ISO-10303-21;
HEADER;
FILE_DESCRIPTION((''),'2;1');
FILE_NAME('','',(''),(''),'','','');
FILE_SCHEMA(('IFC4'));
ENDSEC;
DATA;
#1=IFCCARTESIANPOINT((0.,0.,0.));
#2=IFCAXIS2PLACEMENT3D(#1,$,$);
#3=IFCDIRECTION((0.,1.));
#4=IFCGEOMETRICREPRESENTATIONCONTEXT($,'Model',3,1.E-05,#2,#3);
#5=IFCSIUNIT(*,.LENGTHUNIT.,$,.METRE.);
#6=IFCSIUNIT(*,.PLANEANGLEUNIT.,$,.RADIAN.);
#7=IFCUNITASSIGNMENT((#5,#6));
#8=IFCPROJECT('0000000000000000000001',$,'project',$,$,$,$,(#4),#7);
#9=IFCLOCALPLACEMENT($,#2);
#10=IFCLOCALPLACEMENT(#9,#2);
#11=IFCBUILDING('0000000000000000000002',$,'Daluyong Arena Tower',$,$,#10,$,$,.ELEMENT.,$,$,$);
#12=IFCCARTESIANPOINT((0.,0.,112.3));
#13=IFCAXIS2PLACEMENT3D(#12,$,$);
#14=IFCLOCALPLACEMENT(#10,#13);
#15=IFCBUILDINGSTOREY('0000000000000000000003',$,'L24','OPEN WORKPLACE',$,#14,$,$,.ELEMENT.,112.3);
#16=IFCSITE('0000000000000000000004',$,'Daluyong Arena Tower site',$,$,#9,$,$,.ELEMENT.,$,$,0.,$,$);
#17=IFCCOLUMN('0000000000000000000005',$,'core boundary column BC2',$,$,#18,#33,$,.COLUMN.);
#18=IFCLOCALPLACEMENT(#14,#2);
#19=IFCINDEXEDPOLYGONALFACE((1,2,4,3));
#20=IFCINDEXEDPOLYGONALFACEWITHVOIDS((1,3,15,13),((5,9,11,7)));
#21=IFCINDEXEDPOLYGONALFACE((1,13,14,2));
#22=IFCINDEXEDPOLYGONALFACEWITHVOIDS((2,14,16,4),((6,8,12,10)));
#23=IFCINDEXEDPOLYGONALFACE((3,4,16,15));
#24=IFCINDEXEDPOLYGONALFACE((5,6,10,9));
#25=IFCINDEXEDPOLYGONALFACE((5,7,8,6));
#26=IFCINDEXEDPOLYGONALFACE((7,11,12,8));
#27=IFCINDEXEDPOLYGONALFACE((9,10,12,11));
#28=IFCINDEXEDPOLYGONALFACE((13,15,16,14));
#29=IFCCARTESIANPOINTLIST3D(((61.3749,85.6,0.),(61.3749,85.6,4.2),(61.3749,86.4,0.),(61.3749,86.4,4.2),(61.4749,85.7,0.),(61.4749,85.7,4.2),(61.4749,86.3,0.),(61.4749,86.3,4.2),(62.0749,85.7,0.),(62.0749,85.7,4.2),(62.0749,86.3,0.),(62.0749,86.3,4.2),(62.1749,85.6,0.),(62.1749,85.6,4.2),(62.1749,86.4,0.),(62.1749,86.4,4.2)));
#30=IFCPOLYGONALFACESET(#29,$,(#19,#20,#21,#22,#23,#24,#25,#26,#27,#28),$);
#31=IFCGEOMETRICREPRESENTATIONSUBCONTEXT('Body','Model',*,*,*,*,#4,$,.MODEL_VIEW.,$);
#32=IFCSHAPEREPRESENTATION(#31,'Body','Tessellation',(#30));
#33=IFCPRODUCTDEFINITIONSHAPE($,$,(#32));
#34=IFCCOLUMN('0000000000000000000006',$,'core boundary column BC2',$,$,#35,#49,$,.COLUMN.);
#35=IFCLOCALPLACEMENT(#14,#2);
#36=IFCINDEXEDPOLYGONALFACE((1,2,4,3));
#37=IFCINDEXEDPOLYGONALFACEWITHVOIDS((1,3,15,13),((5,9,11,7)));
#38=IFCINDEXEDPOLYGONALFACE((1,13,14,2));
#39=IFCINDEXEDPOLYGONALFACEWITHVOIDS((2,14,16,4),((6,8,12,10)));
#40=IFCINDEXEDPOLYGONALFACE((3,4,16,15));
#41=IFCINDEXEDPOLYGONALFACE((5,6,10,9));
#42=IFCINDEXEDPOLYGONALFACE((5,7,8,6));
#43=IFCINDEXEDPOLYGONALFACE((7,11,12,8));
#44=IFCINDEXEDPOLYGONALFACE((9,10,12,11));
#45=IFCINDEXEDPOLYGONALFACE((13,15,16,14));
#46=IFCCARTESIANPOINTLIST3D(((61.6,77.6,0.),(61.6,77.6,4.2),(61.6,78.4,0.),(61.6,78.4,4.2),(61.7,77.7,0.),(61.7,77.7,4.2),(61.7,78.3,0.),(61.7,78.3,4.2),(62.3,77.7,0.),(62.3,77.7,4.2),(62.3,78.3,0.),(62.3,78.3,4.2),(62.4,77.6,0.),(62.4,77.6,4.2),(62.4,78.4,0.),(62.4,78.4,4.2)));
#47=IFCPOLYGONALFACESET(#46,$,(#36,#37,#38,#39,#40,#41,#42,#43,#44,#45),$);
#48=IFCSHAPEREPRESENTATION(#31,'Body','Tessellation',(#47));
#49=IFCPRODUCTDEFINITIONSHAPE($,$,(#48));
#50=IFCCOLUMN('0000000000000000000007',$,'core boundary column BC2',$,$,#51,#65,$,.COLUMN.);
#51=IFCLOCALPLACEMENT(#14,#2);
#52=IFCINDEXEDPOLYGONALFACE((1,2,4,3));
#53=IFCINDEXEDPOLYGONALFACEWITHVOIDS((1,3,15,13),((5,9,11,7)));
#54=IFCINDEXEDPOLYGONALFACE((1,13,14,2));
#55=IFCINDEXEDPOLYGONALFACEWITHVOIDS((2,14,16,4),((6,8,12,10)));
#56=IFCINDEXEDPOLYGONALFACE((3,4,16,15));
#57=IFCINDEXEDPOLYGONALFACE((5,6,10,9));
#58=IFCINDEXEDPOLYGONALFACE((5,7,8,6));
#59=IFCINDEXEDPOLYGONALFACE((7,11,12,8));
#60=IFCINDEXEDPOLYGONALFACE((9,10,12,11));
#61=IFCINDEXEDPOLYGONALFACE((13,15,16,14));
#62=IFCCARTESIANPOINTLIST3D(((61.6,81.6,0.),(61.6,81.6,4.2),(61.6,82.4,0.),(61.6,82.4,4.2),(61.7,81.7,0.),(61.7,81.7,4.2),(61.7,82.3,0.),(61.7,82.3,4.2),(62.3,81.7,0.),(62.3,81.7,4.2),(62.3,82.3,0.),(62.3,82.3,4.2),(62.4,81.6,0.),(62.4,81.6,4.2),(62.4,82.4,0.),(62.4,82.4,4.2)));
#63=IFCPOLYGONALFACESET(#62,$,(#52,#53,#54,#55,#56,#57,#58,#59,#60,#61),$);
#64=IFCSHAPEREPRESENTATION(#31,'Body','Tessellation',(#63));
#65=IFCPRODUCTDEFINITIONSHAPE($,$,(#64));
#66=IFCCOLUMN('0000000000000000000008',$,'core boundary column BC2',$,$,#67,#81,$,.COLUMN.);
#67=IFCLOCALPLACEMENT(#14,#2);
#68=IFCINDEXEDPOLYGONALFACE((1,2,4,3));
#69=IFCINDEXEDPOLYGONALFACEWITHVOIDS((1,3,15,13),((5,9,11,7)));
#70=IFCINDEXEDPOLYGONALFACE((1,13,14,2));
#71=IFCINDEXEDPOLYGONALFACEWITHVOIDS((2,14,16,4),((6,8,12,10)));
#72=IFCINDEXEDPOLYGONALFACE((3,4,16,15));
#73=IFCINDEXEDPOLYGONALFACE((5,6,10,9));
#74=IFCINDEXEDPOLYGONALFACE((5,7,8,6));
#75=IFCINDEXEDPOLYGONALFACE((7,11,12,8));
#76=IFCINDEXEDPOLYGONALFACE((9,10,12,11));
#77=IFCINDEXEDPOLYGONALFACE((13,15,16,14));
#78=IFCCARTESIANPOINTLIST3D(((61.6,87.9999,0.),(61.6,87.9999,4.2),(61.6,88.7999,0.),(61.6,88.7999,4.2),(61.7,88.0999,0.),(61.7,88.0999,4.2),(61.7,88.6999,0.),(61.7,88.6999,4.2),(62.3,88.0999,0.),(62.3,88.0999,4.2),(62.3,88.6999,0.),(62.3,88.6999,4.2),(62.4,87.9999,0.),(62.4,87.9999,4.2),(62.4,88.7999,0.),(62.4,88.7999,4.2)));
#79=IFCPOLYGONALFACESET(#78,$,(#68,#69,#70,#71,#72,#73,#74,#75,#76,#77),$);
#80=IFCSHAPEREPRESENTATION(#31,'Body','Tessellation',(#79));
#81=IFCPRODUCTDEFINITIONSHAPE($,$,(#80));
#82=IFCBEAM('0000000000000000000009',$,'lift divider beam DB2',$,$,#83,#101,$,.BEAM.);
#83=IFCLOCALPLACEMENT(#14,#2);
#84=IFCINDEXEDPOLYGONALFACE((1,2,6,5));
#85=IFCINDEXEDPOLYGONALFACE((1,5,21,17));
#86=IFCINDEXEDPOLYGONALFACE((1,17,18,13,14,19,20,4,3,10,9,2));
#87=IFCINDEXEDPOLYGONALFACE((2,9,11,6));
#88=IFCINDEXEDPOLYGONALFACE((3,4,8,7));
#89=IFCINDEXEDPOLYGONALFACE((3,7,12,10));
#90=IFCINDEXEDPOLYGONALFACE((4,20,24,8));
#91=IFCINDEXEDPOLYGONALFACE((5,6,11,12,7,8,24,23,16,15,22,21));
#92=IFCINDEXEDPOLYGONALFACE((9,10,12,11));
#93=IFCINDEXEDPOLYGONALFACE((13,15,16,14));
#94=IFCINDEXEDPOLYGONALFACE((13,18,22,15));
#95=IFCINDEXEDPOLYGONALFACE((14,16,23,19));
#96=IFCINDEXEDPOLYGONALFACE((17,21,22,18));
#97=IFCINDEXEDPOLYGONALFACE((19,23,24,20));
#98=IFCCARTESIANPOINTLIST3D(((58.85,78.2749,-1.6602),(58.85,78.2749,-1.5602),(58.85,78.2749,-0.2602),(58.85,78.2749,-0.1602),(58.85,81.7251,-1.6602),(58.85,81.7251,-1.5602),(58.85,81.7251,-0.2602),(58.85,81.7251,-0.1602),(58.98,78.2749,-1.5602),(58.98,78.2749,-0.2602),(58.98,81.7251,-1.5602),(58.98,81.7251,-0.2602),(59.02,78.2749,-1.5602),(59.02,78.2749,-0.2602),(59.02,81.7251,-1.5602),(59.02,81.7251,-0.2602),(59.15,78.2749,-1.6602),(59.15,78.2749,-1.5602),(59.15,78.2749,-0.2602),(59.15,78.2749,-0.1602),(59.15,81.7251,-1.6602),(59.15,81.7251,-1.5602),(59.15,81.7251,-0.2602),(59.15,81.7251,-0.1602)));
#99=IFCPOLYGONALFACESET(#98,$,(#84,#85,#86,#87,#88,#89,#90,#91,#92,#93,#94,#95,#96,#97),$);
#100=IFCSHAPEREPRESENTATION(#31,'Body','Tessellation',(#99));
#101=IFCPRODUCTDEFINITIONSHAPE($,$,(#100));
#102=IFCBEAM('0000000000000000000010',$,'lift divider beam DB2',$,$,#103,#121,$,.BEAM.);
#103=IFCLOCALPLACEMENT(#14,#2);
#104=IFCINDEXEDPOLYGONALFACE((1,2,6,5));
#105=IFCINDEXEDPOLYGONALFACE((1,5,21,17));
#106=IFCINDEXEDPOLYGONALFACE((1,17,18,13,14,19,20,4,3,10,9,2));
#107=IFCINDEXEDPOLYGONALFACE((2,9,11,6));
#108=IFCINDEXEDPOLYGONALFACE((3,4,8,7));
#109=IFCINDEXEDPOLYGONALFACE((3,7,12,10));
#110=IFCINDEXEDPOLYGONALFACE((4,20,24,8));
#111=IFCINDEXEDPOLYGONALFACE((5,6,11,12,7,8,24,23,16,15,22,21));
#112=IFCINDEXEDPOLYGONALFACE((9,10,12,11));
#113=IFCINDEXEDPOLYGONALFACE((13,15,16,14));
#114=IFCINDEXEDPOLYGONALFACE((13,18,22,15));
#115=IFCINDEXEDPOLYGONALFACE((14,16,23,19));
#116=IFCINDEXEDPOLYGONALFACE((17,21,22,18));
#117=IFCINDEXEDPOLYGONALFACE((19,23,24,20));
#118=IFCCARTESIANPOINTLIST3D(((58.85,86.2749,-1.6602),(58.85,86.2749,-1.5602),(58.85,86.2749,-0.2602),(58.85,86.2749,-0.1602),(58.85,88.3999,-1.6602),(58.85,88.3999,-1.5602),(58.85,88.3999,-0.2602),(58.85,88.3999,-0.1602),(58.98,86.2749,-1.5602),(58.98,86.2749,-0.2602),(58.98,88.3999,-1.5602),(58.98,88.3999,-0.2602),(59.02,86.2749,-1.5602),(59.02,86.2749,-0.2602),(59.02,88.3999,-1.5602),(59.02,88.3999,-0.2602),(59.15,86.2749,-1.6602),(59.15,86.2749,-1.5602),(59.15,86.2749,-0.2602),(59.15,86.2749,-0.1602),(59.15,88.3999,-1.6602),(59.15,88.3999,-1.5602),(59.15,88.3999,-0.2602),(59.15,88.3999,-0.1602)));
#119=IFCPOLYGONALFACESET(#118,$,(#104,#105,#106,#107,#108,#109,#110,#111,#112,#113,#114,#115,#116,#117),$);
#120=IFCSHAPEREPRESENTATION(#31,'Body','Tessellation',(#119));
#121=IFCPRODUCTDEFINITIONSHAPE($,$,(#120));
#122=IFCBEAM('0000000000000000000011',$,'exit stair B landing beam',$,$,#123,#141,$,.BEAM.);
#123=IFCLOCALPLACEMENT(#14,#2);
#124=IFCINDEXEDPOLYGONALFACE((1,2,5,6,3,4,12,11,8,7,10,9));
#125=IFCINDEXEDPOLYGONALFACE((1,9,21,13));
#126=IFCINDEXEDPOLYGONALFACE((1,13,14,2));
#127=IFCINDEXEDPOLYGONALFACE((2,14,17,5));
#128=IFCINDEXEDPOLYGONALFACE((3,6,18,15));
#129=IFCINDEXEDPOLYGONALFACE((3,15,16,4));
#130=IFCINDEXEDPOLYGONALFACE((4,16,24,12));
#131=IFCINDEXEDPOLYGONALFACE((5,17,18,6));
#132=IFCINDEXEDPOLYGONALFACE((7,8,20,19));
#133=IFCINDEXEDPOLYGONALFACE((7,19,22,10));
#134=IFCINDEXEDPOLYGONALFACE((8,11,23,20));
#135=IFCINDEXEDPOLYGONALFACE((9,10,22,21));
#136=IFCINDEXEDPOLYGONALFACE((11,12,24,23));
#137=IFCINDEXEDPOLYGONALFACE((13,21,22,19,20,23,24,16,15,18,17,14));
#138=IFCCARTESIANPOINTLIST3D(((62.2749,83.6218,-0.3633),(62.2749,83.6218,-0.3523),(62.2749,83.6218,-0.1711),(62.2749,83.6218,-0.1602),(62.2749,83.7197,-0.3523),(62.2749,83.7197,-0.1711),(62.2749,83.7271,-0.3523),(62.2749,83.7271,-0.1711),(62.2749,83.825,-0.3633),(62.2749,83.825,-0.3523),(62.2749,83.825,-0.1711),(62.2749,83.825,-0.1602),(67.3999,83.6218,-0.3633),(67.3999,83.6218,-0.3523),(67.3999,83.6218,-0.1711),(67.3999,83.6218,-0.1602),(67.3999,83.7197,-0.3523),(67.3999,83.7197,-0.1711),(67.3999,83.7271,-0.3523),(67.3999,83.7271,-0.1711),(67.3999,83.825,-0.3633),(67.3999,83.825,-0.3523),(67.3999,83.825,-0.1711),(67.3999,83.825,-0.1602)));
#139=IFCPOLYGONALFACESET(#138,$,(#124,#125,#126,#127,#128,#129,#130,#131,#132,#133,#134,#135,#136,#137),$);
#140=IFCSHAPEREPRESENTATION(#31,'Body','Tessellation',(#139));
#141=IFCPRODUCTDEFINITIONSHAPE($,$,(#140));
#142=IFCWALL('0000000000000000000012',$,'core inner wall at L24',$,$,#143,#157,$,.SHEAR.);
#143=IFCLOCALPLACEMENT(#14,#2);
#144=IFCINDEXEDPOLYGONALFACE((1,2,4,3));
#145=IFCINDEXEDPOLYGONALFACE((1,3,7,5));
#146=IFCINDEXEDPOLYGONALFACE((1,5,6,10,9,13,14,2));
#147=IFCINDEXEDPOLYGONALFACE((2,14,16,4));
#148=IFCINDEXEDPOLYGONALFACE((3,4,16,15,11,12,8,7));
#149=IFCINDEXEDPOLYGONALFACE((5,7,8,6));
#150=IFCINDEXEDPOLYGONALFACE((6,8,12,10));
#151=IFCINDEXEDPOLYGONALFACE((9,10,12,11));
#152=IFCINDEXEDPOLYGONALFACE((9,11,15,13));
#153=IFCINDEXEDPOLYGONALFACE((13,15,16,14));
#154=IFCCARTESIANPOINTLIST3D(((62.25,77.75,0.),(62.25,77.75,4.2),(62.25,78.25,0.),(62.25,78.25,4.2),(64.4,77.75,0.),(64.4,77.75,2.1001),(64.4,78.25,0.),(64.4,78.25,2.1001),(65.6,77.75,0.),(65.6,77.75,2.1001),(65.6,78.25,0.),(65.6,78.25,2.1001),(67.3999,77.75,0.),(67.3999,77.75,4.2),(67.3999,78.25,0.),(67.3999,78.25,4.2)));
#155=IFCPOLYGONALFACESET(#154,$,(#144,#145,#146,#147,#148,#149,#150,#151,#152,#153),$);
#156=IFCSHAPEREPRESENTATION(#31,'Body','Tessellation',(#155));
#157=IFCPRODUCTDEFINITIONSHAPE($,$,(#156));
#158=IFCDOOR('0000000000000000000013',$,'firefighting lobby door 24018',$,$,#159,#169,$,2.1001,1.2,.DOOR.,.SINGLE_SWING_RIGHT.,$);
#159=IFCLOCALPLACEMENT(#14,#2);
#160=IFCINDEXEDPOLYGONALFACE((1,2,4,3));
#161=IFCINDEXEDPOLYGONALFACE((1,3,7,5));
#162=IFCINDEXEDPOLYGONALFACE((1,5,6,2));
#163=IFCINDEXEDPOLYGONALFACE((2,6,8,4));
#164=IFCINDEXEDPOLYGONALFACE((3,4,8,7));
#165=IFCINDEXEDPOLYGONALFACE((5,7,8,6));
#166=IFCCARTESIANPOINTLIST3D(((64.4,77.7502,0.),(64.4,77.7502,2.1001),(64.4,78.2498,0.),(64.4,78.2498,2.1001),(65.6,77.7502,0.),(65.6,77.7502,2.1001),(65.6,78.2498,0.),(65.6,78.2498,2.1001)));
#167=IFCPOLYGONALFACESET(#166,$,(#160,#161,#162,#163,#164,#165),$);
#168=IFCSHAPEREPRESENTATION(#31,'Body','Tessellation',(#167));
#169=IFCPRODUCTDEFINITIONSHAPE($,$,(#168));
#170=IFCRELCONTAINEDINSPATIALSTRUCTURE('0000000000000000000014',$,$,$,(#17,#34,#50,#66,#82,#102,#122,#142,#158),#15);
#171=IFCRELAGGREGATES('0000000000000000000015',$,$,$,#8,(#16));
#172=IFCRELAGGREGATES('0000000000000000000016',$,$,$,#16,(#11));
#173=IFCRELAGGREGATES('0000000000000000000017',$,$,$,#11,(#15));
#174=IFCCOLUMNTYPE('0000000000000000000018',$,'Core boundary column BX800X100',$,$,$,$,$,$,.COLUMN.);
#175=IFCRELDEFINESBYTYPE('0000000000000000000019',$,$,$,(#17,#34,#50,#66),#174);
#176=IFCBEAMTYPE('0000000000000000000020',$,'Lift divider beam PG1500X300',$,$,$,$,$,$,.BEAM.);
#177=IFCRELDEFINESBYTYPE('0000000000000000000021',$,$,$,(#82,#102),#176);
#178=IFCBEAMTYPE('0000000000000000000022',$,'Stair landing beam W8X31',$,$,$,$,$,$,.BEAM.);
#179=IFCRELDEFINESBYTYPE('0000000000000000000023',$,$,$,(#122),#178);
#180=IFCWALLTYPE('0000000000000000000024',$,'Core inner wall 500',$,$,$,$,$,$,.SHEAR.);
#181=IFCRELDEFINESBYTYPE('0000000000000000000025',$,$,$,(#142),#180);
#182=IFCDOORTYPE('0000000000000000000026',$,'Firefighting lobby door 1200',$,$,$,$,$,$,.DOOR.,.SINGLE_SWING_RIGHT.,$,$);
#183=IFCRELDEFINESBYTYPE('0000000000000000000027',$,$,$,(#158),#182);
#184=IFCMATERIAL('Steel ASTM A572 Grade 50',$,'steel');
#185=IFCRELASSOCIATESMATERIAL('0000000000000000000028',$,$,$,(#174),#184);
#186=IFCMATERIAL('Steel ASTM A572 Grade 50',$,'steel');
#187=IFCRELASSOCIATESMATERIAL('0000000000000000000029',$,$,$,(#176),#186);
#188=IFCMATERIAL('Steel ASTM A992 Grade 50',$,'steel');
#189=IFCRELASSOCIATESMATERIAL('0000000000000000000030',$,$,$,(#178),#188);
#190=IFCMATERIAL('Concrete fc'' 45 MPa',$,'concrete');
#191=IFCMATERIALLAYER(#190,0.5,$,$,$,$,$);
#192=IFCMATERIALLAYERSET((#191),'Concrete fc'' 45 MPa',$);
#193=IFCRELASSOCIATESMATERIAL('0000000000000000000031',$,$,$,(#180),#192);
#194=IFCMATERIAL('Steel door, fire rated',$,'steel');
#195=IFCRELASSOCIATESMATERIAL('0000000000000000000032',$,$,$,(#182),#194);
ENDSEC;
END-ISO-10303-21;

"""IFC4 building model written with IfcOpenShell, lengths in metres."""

from ifc_helpers import new_model, si_unit, direction, frame, frame_2d, origin, origin_2d, place, context, subcontext, project, spatial, rectangle, hollow_rectangle, i_section, extrude, material, layer, layer_set, material_profile, profile_set, type_object, element, fill, save


model = new_model("IFC4")

# Units and contexts
model_context = context("Model", 3, precision=1e-05, world=origin(), true_north=direction((0.0, 1.0)))
body_context = subcontext(model_context, "Body", "Model", "MODEL_VIEW")
ifc_project = project(units=[si_unit("LENGTHUNIT", "METRE"), si_unit("PLANEANGLEUNIT", "RADIAN")], contexts=[model_context])

# Site, building, storey
site_placement = place(None, origin())
site = spatial("IfcSite", under=ifc_project, at=site_placement, Name="Daluyong Arena Tower site", CompositionType="ELEMENT", RefElevation=0.0)
building_placement = place(site_placement, origin())
building = spatial("IfcBuilding", under=site, at=building_placement, Name="Daluyong Arena Tower", CompositionType="ELEMENT")
storey_placement = place(building_placement, frame((0.0, 0.0, 112.3)))
storey = spatial("IfcBuildingStorey", under=building, at=storey_placement, Name="L24", Description="OPEN WORKPLACE", CompositionType="ELEMENT", Elevation=112.3)

# Columns
ifc_material_1 = material(Name="Steel ASTM A572 Grade 50", Category="steel")
ifc_material_profile_1 = material_profile(ifc_material_1, hollow_rectangle(XDim=0.8, YDim=0.8, WallThickness=0.1, at=origin_2d()))
ifc_profile_set_1 = profile_set([ifc_material_profile_1], Name="Steel ASTM A572 Grade 50")
column_type = type_object("IfcColumnType", Name="Core boundary column BX800X100", PredefinedType="COLUMN", material=ifc_profile_set_1)
for number, where, z_axis, x_axis, name in (
    (1, (61.7749, 86.0, 0.0), (0.0, 0.0, 1.0), (1.0, 0.0, 0.0), "core boundary column BC2"),
    (2, (62.0, 78.0, 0.0), (0.0, 0.0, 1.0), (1.0, 0.0, 0.0), "core boundary column BC2"),
    (3, (62.0, 82.0, 0.0), (0.0, 0.0, 1.0), (1.0, 0.0, 0.0), "core boundary column BC2"),
    (4, (62.0, 88.3999, 0.0), (0.0, 0.0, 1.0), (1.0, 0.0, 0.0), "core boundary column BC2"),
):
    element("IfcColumn", number, at=place(storey_placement, frame(where, z_axis=z_axis, x_axis=x_axis)), inside=storey, type_object=column_type, Name=name, PredefinedType="COLUMN", context=body_context, shape_type="SweptSolid", body=[
        extrude(hollow_rectangle(XDim=0.8, YDim=0.8, WallThickness=0.1, at=origin_2d()), origin(), (0.0, 0.0, 1.0), 4.2),
    ])

# Beams
ifc_material_2 = material(Name="Steel ASTM A572 Grade 50", Category="steel")
ifc_material_profile_2 = material_profile(ifc_material_2, i_section(OverallWidth=0.3, OverallDepth=1.5, WebThickness=0.04, FlangeThickness=0.1, at=origin_2d()))
ifc_profile_set_2 = profile_set([ifc_material_profile_2], Name="Steel ASTM A572 Grade 50")
beam_type_1 = type_object("IfcBeamType", Name="Lift divider beam PG1500X300", PredefinedType="BEAM", material=ifc_profile_set_2)
beam_1_placement = place(storey_placement, frame((59.0, 78.2749, -0.9102), z_axis=(0.0, 1.0, 0.0), x_axis=(-1.0, 0.0, 0.0)))
element("IfcBeam", 5, at=beam_1_placement, inside=storey, type_object=beam_type_1, Name="lift divider beam DB2", PredefinedType="BEAM", context=body_context, shape_type="SweptSolid", body=[
    extrude(i_section(OverallWidth=0.3, OverallDepth=1.5, WebThickness=0.04, FlangeThickness=0.1, at=origin_2d()), origin(), (0.0, 0.0, 1.0), 3.4502),
])
beam_2_placement = place(storey_placement, frame((59.0, 86.2749, -0.9102), z_axis=(0.0, 1.0, 0.0), x_axis=(-1.0, 0.0, 0.0)))
element("IfcBeam", 6, at=beam_2_placement, inside=storey, type_object=beam_type_1, Name="lift divider beam DB2", PredefinedType="BEAM", context=body_context, shape_type="SweptSolid", body=[
    extrude(i_section(OverallWidth=0.3, OverallDepth=1.5, WebThickness=0.04, FlangeThickness=0.1, at=origin_2d()), origin(), (0.0, 0.0, 1.0), 2.125),
])
ifc_material_3 = material(Name="Steel ASTM A992 Grade 50", Category="steel")
ifc_material_profile_3 = material_profile(ifc_material_3, i_section(OverallWidth=0.2031, OverallDepth=0.2031, WebThickness=0.0073, FlangeThickness=0.011, at=origin_2d()))
ifc_profile_set_3 = profile_set([ifc_material_profile_3], Name="Steel ASTM A992 Grade 50")
beam_type_2 = type_object("IfcBeamType", Name="Stair landing beam W8X31", PredefinedType="BEAM", material=ifc_profile_set_3)
beam_3_placement = place(storey_placement, frame((62.2749, 83.7234, -0.2617), z_axis=(1.0, 0.0, 0.0), x_axis=(0.0, 1.0, 0.0)))
element("IfcBeam", 7, at=beam_3_placement, inside=storey, type_object=beam_type_2, Name="exit stair B landing beam", PredefinedType="BEAM", context=body_context, shape_type="SweptSolid", body=[
    extrude(i_section(OverallWidth=0.2031, OverallDepth=0.2031, WebThickness=0.0073, FlangeThickness=0.011, at=origin_2d()), origin(), (0.0, 0.0, 1.0), 5.125),
])

# Wall, opening, door
ifc_material_4 = material(Name="Concrete fc' 45 MPa", Category="concrete")
ifc_layer_1 = layer(ifc_material_4, 0.5)
ifc_layer_set_1 = layer_set([ifc_layer_1], Name="Concrete fc' 45 MPa")
wall_type_1 = type_object("IfcWallType", Name="Core inner wall 500", PredefinedType="SHEAR", material=ifc_layer_set_1)
wall_1_placement = place(storey_placement, frame((62.25, 78.0, 0.0), z_axis=(0.0, 0.0, 1.0), x_axis=(1.0, 0.0, 0.0)))
wall_1 = element("IfcWall", 8, at=wall_1_placement, inside=storey, type_object=wall_type_1, Name="core inner wall at L24", PredefinedType="SHEAR", context=body_context, shape_type="SweptSolid", body=[
    extrude(rectangle(XDim=5.1499, YDim=0.5, at=frame_2d((2.575, 0.0))), origin(), (0.0, 0.0, 1.0), 4.2),
])
opening_1_placement = place(wall_1_placement, frame((2.1499, 0.0, 0.0)))
opening_1 = element("IfcOpeningElement", 9, at=opening_1_placement, cuts=wall_1, PredefinedType="OPENING", context=body_context, shape_type="SweptSolid", body=[
    extrude(rectangle(XDim=1.2, YDim=2.1001, at=frame_2d((0.6001, 1.05))), frame((0.0, 0.26, 0.0), z_axis=(0.0, -1.0, 0.0), x_axis=(1.0, 0.0, 0.0)), (0.0, 0.0, 1.0), 0.52),
])
ifc_material_5 = material(Name="Steel door, fire rated", Category="steel")
door_type_1 = type_object("IfcDoorType", Name="Firefighting lobby door 1200", OperationType="SINGLE_SWING_RIGHT", PredefinedType="DOOR", material=ifc_material_5)
door_1_placement = place(opening_1_placement, origin())
door_1 = element("IfcDoor", 10, at=door_1_placement, inside=storey, type_object=door_type_1, Name="firefighting lobby door 24018", OperationType="SINGLE_SWING_RIGHT", OverallHeight=2.1001, OverallWidth=1.2, PredefinedType="DOOR", context=body_context, shape_type="SweptSolid", body=[
    extrude(rectangle(XDim=1.2, YDim=2.1001, at=frame_2d((0.6001, 1.05))), frame((0.0, 0.2498, 0.0), z_axis=(0.0, -1.0, 0.0), x_axis=(1.0, 0.0, 0.0)), (0.0, 0.0, 1.0), 0.4995),
])
fill(opening_1, door_1)

save(model, "model.ifc")
